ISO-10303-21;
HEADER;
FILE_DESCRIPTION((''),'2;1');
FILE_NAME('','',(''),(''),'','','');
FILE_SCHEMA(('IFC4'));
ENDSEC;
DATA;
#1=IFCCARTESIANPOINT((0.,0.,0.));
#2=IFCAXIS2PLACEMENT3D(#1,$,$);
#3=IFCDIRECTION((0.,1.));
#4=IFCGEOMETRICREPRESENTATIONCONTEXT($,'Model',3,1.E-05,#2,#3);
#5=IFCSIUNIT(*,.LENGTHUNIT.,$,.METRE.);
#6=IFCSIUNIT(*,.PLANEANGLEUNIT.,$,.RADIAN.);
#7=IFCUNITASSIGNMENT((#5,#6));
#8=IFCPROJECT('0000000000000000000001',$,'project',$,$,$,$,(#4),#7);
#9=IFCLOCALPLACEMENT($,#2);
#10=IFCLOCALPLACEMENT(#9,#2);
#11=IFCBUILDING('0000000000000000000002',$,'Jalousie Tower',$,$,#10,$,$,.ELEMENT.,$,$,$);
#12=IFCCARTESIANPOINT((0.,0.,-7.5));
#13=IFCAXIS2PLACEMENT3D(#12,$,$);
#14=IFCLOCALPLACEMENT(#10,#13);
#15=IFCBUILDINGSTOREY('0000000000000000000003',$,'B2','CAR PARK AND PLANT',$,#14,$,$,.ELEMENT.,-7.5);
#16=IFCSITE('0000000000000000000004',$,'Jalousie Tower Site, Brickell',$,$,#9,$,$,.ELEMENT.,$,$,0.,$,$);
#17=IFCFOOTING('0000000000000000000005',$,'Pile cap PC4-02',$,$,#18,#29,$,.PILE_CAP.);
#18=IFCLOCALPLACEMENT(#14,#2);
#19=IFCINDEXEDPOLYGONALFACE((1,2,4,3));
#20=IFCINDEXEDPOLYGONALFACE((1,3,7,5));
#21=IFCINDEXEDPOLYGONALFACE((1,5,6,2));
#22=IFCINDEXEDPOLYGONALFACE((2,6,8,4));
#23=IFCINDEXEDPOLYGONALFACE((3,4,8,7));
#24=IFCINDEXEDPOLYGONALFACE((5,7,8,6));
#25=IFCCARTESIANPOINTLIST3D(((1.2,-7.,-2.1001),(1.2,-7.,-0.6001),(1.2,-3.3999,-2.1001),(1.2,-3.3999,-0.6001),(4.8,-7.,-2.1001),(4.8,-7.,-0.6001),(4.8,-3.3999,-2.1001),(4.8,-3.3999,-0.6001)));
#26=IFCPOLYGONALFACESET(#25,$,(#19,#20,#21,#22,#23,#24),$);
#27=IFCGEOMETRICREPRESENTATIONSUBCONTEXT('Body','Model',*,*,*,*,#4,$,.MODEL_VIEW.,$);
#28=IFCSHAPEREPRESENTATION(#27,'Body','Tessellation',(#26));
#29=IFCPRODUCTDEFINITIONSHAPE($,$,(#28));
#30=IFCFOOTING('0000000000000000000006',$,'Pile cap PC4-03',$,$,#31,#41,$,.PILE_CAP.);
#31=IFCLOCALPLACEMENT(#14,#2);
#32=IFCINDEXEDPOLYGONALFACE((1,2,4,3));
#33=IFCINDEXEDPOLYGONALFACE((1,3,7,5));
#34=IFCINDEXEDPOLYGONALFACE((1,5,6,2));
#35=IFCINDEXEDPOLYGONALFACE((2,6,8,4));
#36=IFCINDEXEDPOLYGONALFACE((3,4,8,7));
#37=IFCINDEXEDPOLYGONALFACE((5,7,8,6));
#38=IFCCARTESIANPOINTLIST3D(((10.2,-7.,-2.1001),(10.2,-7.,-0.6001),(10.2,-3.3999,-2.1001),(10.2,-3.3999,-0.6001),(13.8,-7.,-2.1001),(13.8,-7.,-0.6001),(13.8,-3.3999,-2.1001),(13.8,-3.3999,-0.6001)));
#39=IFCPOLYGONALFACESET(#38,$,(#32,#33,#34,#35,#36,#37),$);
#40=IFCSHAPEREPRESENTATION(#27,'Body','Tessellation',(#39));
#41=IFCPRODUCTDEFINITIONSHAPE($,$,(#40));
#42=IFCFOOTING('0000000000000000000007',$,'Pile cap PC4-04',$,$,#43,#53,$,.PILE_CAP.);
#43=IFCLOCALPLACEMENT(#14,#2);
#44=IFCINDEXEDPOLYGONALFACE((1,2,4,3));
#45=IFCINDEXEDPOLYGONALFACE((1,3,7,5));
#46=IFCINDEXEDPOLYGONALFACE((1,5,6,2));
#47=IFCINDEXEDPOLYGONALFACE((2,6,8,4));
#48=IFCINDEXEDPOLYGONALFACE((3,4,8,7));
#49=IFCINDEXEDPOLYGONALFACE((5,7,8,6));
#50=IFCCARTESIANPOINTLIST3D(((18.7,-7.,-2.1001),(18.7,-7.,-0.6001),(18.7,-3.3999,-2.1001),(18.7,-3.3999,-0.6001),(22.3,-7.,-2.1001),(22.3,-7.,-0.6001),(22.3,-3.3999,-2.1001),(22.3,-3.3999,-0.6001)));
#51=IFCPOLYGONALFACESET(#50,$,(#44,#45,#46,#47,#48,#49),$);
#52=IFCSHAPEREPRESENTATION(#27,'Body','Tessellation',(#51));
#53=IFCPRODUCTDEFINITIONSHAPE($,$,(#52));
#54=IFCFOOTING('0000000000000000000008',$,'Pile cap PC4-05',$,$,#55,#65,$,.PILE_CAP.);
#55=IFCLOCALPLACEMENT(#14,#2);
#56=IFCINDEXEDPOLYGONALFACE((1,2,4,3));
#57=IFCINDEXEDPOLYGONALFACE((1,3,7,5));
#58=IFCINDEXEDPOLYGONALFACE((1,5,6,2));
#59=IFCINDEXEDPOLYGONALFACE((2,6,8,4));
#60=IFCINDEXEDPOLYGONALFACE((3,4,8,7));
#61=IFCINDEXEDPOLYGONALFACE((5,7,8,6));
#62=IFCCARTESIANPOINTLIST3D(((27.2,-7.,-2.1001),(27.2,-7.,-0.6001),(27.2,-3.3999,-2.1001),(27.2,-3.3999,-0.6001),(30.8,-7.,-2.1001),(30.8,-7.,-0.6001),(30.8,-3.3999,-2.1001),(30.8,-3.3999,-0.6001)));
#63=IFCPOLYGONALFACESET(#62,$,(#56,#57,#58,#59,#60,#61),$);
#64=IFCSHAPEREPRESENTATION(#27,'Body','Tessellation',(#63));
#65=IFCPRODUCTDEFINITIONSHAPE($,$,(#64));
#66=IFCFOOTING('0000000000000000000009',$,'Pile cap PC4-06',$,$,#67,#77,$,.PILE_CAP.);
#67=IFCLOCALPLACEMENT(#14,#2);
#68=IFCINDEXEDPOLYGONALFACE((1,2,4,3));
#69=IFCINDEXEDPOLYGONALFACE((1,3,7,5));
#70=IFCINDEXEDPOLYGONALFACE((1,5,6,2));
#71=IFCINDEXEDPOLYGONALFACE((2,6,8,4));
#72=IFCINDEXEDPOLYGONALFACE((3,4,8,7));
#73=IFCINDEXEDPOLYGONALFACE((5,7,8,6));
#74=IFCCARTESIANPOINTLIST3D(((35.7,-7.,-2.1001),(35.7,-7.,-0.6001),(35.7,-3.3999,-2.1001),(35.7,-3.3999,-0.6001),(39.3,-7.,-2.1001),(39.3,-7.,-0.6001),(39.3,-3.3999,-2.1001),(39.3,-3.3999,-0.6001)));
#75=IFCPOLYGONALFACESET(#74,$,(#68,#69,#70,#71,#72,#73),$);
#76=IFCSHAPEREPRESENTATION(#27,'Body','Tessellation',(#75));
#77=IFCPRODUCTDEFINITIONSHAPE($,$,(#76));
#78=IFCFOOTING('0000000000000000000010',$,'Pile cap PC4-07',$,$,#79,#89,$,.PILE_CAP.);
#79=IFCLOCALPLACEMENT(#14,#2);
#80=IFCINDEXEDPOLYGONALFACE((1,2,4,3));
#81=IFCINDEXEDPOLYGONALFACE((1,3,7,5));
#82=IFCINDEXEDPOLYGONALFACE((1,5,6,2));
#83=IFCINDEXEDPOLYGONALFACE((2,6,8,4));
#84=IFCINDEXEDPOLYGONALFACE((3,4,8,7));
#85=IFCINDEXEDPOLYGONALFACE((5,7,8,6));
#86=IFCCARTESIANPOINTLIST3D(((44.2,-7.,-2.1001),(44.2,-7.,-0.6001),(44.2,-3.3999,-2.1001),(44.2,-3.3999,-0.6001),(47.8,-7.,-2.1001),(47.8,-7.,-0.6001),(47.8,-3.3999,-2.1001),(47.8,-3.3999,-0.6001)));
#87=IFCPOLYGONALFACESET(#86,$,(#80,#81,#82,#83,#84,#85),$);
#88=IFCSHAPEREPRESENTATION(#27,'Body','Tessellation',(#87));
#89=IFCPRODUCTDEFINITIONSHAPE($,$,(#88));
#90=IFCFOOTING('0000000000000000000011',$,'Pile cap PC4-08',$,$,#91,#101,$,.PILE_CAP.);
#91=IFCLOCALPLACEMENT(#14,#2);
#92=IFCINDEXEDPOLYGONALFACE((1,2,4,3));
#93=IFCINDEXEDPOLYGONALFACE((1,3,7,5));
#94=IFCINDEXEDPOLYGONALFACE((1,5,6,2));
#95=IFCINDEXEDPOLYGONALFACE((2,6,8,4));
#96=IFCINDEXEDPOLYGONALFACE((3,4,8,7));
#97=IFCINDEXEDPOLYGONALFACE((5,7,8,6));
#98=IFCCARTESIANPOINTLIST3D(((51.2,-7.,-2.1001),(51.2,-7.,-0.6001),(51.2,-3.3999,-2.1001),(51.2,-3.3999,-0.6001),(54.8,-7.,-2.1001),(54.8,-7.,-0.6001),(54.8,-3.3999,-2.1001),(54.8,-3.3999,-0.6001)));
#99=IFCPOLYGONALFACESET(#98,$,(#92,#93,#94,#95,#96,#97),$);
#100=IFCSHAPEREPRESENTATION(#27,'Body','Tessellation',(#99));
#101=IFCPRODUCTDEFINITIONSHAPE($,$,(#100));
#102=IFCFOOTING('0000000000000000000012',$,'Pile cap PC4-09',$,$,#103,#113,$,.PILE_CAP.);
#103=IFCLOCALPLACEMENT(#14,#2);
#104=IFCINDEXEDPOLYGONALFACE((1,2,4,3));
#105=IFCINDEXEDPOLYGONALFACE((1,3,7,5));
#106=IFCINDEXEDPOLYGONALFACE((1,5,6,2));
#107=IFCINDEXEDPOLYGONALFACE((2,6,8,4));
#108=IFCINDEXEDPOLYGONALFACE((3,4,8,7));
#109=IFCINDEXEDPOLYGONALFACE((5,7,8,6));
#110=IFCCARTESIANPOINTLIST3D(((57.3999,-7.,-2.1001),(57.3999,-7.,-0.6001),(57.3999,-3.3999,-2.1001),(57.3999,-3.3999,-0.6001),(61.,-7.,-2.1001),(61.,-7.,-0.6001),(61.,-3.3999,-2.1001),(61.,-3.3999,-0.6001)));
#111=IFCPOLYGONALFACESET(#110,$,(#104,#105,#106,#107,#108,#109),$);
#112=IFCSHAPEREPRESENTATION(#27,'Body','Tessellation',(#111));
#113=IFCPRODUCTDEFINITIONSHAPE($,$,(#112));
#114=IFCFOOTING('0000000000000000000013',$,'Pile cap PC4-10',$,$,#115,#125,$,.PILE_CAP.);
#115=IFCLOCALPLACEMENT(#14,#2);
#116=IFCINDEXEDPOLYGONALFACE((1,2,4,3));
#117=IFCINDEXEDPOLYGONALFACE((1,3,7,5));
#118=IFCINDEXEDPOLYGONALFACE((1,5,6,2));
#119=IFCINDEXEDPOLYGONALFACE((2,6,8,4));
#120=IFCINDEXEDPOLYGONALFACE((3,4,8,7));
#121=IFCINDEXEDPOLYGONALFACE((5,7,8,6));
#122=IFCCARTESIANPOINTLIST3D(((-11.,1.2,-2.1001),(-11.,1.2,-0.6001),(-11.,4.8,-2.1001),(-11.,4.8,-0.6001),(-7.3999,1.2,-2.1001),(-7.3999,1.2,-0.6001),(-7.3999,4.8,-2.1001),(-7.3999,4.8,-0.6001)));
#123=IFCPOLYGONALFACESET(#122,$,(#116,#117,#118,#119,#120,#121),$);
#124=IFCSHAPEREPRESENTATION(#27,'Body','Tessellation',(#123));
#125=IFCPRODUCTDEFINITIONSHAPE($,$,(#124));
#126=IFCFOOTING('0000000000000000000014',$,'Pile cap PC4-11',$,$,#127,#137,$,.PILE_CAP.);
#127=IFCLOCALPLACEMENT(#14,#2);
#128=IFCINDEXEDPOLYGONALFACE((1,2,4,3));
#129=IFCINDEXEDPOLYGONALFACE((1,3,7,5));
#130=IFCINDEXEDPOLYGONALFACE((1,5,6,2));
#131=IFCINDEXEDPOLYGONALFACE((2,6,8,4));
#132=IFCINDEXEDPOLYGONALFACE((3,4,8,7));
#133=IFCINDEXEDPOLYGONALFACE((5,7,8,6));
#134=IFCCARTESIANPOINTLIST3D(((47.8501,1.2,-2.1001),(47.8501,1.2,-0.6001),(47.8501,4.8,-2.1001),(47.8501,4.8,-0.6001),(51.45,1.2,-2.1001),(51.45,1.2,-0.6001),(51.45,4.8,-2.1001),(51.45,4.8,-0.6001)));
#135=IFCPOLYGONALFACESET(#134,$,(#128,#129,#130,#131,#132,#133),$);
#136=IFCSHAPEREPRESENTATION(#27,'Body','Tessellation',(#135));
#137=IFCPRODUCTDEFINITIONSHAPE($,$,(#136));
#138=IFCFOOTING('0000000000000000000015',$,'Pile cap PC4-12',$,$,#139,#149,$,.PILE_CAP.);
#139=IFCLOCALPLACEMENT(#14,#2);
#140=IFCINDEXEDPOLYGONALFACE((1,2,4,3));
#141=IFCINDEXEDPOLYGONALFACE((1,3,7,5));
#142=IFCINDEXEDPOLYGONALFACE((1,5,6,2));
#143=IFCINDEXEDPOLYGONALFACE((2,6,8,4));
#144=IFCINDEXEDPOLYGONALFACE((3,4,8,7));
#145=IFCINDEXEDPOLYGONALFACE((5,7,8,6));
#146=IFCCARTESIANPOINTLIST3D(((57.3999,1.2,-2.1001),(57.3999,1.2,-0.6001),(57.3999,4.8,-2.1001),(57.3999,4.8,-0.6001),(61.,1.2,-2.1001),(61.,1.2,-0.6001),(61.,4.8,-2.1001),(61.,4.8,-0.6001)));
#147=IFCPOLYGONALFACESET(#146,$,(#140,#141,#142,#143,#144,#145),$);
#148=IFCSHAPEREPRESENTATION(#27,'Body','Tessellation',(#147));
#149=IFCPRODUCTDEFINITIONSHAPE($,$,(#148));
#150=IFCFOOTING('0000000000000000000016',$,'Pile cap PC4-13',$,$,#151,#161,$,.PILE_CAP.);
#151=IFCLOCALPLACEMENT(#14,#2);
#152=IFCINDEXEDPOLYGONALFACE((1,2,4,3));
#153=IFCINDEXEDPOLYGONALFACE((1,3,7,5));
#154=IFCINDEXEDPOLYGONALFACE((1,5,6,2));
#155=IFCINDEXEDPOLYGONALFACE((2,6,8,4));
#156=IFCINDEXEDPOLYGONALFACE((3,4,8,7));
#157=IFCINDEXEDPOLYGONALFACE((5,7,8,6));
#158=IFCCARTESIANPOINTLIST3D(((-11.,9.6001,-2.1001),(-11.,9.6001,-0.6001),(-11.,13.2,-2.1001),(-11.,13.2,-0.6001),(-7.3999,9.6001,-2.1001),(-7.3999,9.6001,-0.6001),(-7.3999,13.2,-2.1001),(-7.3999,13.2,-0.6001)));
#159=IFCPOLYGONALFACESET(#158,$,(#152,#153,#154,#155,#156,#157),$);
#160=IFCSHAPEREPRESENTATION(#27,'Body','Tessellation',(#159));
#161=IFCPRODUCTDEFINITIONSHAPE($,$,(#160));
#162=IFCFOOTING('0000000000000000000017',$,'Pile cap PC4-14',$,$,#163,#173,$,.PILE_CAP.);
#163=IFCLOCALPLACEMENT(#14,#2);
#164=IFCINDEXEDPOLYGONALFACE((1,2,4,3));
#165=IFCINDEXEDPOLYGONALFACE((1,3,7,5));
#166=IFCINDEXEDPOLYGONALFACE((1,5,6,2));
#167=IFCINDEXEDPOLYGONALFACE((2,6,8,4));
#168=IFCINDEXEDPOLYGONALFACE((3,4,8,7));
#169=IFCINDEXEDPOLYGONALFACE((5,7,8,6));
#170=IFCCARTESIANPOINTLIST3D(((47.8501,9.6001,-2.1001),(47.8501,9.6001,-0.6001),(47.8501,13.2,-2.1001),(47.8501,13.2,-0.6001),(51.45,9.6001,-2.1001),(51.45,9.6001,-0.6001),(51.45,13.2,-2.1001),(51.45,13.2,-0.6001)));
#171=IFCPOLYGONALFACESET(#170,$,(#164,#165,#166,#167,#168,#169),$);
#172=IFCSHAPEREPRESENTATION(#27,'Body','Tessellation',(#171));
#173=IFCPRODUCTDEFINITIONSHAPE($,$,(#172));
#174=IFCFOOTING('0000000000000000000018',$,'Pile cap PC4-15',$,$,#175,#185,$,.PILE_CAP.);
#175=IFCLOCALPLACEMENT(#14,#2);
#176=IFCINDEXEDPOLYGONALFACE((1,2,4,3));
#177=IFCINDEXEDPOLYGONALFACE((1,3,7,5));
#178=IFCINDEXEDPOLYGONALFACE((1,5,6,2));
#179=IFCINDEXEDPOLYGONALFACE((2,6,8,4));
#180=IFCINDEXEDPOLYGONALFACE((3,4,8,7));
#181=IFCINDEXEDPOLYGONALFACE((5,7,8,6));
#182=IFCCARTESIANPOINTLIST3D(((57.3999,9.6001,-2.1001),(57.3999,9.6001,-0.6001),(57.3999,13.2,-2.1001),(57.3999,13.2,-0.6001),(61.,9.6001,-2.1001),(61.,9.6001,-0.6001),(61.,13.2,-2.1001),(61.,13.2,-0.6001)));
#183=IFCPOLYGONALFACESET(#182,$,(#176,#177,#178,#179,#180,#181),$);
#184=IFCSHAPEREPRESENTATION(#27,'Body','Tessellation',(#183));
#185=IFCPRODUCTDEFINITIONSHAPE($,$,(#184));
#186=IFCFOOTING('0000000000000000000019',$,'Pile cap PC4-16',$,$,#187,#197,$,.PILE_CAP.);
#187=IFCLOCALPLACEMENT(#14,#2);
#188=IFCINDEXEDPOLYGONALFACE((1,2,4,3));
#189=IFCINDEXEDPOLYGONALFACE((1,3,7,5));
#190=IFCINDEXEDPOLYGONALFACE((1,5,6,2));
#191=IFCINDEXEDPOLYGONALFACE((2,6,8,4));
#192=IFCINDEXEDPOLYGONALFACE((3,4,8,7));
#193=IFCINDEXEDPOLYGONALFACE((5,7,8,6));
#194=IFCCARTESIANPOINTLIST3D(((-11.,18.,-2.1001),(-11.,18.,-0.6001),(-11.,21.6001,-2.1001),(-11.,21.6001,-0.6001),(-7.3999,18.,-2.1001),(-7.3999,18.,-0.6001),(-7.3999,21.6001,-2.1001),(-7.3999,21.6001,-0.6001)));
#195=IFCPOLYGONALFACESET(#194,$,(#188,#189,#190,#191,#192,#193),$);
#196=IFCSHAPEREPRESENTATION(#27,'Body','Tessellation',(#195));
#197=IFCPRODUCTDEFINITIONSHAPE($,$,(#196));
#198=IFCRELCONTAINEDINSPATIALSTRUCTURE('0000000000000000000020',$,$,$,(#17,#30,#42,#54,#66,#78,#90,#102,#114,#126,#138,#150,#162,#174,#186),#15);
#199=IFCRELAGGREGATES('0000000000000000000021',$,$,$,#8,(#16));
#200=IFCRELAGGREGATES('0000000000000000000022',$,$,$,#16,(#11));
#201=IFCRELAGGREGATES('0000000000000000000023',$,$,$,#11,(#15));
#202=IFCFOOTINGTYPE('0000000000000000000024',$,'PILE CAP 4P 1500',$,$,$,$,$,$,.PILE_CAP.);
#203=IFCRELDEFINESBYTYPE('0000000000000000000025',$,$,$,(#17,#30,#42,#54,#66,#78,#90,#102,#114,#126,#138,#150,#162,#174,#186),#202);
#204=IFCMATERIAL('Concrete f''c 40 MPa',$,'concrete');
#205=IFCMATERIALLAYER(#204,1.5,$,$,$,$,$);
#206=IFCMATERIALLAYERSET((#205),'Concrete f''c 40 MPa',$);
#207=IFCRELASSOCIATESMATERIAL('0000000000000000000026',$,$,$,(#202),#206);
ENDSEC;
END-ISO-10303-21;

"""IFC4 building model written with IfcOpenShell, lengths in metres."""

from ifc_helpers import new_model, si_unit, direction, frame, origin, place, context, subcontext, project, spatial, polyline, outline, extrude, material, layer, layer_set, type_object, element, save


model = new_model("IFC4")

# Units and contexts
model_context = context("Model", 3, precision=1e-05, world=origin(), true_north=direction((0.0, 1.0)))
body_context = subcontext(model_context, "Body", "Model", "MODEL_VIEW")
ifc_project = project(units=[si_unit("LENGTHUNIT", "METRE"), si_unit("PLANEANGLEUNIT", "RADIAN")], contexts=[model_context])

# Site, building, storey
site_placement = place(None, origin())
site = spatial("IfcSite", under=ifc_project, at=site_placement, Name="Jalousie Tower Site, Brickell", CompositionType="ELEMENT", RefElevation=0.0)
building_placement = place(site_placement, origin())
building = spatial("IfcBuilding", under=site, at=building_placement, Name="Jalousie Tower", CompositionType="ELEMENT")
storey_placement = place(building_placement, frame((0.0, 0.0, -7.5)))
storey = spatial("IfcBuildingStorey", under=building, at=storey_placement, Name="B2", Description="CAR PARK AND PLANT", CompositionType="ELEMENT", Elevation=-7.5)

# Footings
ifc_material = material(Name="Concrete f'c 40 MPa", Category="concrete")
ifc_layer = layer(ifc_material, 1.5)
ifc_layer_set = layer_set([ifc_layer], Name="Concrete f'c 40 MPa")
footing_type = type_object("IfcFootingType", Name="PILE CAP 4P 1500", PredefinedType="PILE_CAP", material=ifc_layer_set)
footing_1_placement = place(storey_placement, frame((0.0, 0.0, -2.1001)))
element("IfcFooting", 1, at=footing_1_placement, inside=storey, type_object=footing_type, Name="Pile cap PC4-02", PredefinedType="PILE_CAP", context=body_context, shape_type="SweptSolid", body=[
    extrude(outline(polyline([(1.2, -7.0), (4.8, -7.0), (4.8, -3.3999), (1.2, -3.3999), (1.2, -7.0)])), origin(), (0.0, 0.0, 1.0), 1.5),
])
footing_2_placement = place(storey_placement, frame((0.0, 0.0, -2.1001)))
element("IfcFooting", 2, at=footing_2_placement, inside=storey, type_object=footing_type, Name="Pile cap PC4-03", PredefinedType="PILE_CAP", context=body_context, shape_type="SweptSolid", body=[
    extrude(outline(polyline([(10.2, -7.0), (13.8, -7.0), (13.8, -3.3999), (10.2, -3.3999), (10.2, -7.0)])), origin(), (0.0, 0.0, 1.0), 1.5),
])
footing_3_placement = place(storey_placement, frame((0.0, 0.0, -2.1001)))
element("IfcFooting", 3, at=footing_3_placement, inside=storey, type_object=footing_type, Name="Pile cap PC4-04", PredefinedType="PILE_CAP", context=body_context, shape_type="SweptSolid", body=[
    extrude(outline(polyline([(18.7, -7.0), (22.3, -7.0), (22.3, -3.3999), (18.7, -3.3999), (18.7, -7.0)])), origin(), (0.0, 0.0, 1.0), 1.5),
])
footing_4_placement = place(storey_placement, frame((0.0, 0.0, -2.1001)))
element("IfcFooting", 4, at=footing_4_placement, inside=storey, type_object=footing_type, Name="Pile cap PC4-05", PredefinedType="PILE_CAP", context=body_context, shape_type="SweptSolid", body=[
    extrude(outline(polyline([(27.2, -7.0), (30.8, -7.0), (30.8, -3.3999), (27.2, -3.3999), (27.2, -7.0)])), origin(), (0.0, 0.0, 1.0), 1.5),
])
footing_5_placement = place(storey_placement, frame((0.0, 0.0, -2.1001)))
element("IfcFooting", 5, at=footing_5_placement, inside=storey, type_object=footing_type, Name="Pile cap PC4-06", PredefinedType="PILE_CAP", context=body_context, shape_type="SweptSolid", body=[
    extrude(outline(polyline([(35.7, -7.0), (39.3, -7.0), (39.3, -3.3999), (35.7, -3.3999), (35.7, -7.0)])), origin(), (0.0, 0.0, 1.0), 1.5),
])
footing_6_placement = place(storey_placement, frame((0.0, 0.0, -2.1001)))
element("IfcFooting", 6, at=footing_6_placement, inside=storey, type_object=footing_type, Name="Pile cap PC4-07", PredefinedType="PILE_CAP", context=body_context, shape_type="SweptSolid", body=[
    extrude(outline(polyline([(44.2, -7.0), (47.8, -7.0), (47.8, -3.3999), (44.2, -3.3999), (44.2, -7.0)])), origin(), (0.0, 0.0, 1.0), 1.5),
])
footing_7_placement = place(storey_placement, frame((0.0, 0.0, -2.1001)))
element("IfcFooting", 7, at=footing_7_placement, inside=storey, type_object=footing_type, Name="Pile cap PC4-08", PredefinedType="PILE_CAP", context=body_context, shape_type="SweptSolid", body=[
    extrude(outline(polyline([(51.2, -7.0), (54.8, -7.0), (54.8, -3.3999), (51.2, -3.3999), (51.2, -7.0)])), origin(), (0.0, 0.0, 1.0), 1.5),
])
footing_8_placement = place(storey_placement, frame((0.0, 0.0, -2.1001)))
element("IfcFooting", 8, at=footing_8_placement, inside=storey, type_object=footing_type, Name="Pile cap PC4-09", PredefinedType="PILE_CAP", context=body_context, shape_type="SweptSolid", body=[
    extrude(outline(polyline([(57.3999, -7.0), (61.0, -7.0), (61.0, -3.3999), (57.3999, -3.3999), (57.3999, -7.0)])), origin(), (0.0, 0.0, 1.0), 1.5),
])
footing_9_placement = place(storey_placement, frame((0.0, 0.0, -2.1001)))
element("IfcFooting", 9, at=footing_9_placement, inside=storey, type_object=footing_type, Name="Pile cap PC4-10", PredefinedType="PILE_CAP", context=body_context, shape_type="SweptSolid", body=[
    extrude(outline(polyline([(-11.0, 1.2), (-7.3999, 1.2), (-7.3999, 4.8), (-11.0, 4.8), (-11.0, 1.2)])), origin(), (0.0, 0.0, 1.0), 1.5),
])
footing_10_placement = place(storey_placement, frame((0.0, 0.0, -2.1001)))
element("IfcFooting", 10, at=footing_10_placement, inside=storey, type_object=footing_type, Name="Pile cap PC4-11", PredefinedType="PILE_CAP", context=body_context, shape_type="SweptSolid", body=[
    extrude(outline(polyline([(47.8501, 1.2), (51.45, 1.2), (51.45, 4.8), (47.8501, 4.8), (47.8501, 1.2)])), origin(), (0.0, 0.0, 1.0), 1.5),
])
footing_11_placement = place(storey_placement, frame((0.0, 0.0, -2.1001)))
element("IfcFooting", 11, at=footing_11_placement, inside=storey, type_object=footing_type, Name="Pile cap PC4-12", PredefinedType="PILE_CAP", context=body_context, shape_type="SweptSolid", body=[
    extrude(outline(polyline([(57.3999, 1.2), (61.0, 1.2), (61.0, 4.8), (57.3999, 4.8), (57.3999, 1.2)])), origin(), (0.0, 0.0, 1.0), 1.5),
])
footing_12_placement = place(storey_placement, frame((0.0, 0.0, -2.1001)))
element("IfcFooting", 12, at=footing_12_placement, inside=storey, type_object=footing_type, Name="Pile cap PC4-13", PredefinedType="PILE_CAP", context=body_context, shape_type="SweptSolid", body=[
    extrude(outline(polyline([(-11.0, 9.6001), (-7.3999, 9.6001), (-7.3999, 13.2), (-11.0, 13.2), (-11.0, 9.6001)])), origin(), (0.0, 0.0, 1.0), 1.5),
])
footing_13_placement = place(storey_placement, frame((0.0, 0.0, -2.1001)))
element("IfcFooting", 13, at=footing_13_placement, inside=storey, type_object=footing_type, Name="Pile cap PC4-14", PredefinedType="PILE_CAP", context=body_context, shape_type="SweptSolid", body=[
    extrude(outline(polyline([(47.8501, 9.6001), (51.45, 9.6001), (51.45, 13.2), (47.8501, 13.2), (47.8501, 9.6001)])), origin(), (0.0, 0.0, 1.0), 1.5),
])
footing_14_placement = place(storey_placement, frame((0.0, 0.0, -2.1001)))
element("IfcFooting", 14, at=footing_14_placement, inside=storey, type_object=footing_type, Name="Pile cap PC4-15", PredefinedType="PILE_CAP", context=body_context, shape_type="SweptSolid", body=[
    extrude(outline(polyline([(57.3999, 9.6001), (61.0, 9.6001), (61.0, 13.2), (57.3999, 13.2), (57.3999, 9.6001)])), origin(), (0.0, 0.0, 1.0), 1.5),
])
footing_15_placement = place(storey_placement, frame((0.0, 0.0, -2.1001)))
element("IfcFooting", 15, at=footing_15_placement, inside=storey, type_object=footing_type, Name="Pile cap PC4-16", PredefinedType="PILE_CAP", context=body_context, shape_type="SweptSolid", body=[
    extrude(outline(polyline([(-11.0, 18.0), (-7.3999, 18.0), (-7.3999, 21.6001), (-11.0, 21.6001), (-11.0, 18.0)])), origin(), (0.0, 0.0, 1.0), 1.5),
])

save(model, "model.ifc")
